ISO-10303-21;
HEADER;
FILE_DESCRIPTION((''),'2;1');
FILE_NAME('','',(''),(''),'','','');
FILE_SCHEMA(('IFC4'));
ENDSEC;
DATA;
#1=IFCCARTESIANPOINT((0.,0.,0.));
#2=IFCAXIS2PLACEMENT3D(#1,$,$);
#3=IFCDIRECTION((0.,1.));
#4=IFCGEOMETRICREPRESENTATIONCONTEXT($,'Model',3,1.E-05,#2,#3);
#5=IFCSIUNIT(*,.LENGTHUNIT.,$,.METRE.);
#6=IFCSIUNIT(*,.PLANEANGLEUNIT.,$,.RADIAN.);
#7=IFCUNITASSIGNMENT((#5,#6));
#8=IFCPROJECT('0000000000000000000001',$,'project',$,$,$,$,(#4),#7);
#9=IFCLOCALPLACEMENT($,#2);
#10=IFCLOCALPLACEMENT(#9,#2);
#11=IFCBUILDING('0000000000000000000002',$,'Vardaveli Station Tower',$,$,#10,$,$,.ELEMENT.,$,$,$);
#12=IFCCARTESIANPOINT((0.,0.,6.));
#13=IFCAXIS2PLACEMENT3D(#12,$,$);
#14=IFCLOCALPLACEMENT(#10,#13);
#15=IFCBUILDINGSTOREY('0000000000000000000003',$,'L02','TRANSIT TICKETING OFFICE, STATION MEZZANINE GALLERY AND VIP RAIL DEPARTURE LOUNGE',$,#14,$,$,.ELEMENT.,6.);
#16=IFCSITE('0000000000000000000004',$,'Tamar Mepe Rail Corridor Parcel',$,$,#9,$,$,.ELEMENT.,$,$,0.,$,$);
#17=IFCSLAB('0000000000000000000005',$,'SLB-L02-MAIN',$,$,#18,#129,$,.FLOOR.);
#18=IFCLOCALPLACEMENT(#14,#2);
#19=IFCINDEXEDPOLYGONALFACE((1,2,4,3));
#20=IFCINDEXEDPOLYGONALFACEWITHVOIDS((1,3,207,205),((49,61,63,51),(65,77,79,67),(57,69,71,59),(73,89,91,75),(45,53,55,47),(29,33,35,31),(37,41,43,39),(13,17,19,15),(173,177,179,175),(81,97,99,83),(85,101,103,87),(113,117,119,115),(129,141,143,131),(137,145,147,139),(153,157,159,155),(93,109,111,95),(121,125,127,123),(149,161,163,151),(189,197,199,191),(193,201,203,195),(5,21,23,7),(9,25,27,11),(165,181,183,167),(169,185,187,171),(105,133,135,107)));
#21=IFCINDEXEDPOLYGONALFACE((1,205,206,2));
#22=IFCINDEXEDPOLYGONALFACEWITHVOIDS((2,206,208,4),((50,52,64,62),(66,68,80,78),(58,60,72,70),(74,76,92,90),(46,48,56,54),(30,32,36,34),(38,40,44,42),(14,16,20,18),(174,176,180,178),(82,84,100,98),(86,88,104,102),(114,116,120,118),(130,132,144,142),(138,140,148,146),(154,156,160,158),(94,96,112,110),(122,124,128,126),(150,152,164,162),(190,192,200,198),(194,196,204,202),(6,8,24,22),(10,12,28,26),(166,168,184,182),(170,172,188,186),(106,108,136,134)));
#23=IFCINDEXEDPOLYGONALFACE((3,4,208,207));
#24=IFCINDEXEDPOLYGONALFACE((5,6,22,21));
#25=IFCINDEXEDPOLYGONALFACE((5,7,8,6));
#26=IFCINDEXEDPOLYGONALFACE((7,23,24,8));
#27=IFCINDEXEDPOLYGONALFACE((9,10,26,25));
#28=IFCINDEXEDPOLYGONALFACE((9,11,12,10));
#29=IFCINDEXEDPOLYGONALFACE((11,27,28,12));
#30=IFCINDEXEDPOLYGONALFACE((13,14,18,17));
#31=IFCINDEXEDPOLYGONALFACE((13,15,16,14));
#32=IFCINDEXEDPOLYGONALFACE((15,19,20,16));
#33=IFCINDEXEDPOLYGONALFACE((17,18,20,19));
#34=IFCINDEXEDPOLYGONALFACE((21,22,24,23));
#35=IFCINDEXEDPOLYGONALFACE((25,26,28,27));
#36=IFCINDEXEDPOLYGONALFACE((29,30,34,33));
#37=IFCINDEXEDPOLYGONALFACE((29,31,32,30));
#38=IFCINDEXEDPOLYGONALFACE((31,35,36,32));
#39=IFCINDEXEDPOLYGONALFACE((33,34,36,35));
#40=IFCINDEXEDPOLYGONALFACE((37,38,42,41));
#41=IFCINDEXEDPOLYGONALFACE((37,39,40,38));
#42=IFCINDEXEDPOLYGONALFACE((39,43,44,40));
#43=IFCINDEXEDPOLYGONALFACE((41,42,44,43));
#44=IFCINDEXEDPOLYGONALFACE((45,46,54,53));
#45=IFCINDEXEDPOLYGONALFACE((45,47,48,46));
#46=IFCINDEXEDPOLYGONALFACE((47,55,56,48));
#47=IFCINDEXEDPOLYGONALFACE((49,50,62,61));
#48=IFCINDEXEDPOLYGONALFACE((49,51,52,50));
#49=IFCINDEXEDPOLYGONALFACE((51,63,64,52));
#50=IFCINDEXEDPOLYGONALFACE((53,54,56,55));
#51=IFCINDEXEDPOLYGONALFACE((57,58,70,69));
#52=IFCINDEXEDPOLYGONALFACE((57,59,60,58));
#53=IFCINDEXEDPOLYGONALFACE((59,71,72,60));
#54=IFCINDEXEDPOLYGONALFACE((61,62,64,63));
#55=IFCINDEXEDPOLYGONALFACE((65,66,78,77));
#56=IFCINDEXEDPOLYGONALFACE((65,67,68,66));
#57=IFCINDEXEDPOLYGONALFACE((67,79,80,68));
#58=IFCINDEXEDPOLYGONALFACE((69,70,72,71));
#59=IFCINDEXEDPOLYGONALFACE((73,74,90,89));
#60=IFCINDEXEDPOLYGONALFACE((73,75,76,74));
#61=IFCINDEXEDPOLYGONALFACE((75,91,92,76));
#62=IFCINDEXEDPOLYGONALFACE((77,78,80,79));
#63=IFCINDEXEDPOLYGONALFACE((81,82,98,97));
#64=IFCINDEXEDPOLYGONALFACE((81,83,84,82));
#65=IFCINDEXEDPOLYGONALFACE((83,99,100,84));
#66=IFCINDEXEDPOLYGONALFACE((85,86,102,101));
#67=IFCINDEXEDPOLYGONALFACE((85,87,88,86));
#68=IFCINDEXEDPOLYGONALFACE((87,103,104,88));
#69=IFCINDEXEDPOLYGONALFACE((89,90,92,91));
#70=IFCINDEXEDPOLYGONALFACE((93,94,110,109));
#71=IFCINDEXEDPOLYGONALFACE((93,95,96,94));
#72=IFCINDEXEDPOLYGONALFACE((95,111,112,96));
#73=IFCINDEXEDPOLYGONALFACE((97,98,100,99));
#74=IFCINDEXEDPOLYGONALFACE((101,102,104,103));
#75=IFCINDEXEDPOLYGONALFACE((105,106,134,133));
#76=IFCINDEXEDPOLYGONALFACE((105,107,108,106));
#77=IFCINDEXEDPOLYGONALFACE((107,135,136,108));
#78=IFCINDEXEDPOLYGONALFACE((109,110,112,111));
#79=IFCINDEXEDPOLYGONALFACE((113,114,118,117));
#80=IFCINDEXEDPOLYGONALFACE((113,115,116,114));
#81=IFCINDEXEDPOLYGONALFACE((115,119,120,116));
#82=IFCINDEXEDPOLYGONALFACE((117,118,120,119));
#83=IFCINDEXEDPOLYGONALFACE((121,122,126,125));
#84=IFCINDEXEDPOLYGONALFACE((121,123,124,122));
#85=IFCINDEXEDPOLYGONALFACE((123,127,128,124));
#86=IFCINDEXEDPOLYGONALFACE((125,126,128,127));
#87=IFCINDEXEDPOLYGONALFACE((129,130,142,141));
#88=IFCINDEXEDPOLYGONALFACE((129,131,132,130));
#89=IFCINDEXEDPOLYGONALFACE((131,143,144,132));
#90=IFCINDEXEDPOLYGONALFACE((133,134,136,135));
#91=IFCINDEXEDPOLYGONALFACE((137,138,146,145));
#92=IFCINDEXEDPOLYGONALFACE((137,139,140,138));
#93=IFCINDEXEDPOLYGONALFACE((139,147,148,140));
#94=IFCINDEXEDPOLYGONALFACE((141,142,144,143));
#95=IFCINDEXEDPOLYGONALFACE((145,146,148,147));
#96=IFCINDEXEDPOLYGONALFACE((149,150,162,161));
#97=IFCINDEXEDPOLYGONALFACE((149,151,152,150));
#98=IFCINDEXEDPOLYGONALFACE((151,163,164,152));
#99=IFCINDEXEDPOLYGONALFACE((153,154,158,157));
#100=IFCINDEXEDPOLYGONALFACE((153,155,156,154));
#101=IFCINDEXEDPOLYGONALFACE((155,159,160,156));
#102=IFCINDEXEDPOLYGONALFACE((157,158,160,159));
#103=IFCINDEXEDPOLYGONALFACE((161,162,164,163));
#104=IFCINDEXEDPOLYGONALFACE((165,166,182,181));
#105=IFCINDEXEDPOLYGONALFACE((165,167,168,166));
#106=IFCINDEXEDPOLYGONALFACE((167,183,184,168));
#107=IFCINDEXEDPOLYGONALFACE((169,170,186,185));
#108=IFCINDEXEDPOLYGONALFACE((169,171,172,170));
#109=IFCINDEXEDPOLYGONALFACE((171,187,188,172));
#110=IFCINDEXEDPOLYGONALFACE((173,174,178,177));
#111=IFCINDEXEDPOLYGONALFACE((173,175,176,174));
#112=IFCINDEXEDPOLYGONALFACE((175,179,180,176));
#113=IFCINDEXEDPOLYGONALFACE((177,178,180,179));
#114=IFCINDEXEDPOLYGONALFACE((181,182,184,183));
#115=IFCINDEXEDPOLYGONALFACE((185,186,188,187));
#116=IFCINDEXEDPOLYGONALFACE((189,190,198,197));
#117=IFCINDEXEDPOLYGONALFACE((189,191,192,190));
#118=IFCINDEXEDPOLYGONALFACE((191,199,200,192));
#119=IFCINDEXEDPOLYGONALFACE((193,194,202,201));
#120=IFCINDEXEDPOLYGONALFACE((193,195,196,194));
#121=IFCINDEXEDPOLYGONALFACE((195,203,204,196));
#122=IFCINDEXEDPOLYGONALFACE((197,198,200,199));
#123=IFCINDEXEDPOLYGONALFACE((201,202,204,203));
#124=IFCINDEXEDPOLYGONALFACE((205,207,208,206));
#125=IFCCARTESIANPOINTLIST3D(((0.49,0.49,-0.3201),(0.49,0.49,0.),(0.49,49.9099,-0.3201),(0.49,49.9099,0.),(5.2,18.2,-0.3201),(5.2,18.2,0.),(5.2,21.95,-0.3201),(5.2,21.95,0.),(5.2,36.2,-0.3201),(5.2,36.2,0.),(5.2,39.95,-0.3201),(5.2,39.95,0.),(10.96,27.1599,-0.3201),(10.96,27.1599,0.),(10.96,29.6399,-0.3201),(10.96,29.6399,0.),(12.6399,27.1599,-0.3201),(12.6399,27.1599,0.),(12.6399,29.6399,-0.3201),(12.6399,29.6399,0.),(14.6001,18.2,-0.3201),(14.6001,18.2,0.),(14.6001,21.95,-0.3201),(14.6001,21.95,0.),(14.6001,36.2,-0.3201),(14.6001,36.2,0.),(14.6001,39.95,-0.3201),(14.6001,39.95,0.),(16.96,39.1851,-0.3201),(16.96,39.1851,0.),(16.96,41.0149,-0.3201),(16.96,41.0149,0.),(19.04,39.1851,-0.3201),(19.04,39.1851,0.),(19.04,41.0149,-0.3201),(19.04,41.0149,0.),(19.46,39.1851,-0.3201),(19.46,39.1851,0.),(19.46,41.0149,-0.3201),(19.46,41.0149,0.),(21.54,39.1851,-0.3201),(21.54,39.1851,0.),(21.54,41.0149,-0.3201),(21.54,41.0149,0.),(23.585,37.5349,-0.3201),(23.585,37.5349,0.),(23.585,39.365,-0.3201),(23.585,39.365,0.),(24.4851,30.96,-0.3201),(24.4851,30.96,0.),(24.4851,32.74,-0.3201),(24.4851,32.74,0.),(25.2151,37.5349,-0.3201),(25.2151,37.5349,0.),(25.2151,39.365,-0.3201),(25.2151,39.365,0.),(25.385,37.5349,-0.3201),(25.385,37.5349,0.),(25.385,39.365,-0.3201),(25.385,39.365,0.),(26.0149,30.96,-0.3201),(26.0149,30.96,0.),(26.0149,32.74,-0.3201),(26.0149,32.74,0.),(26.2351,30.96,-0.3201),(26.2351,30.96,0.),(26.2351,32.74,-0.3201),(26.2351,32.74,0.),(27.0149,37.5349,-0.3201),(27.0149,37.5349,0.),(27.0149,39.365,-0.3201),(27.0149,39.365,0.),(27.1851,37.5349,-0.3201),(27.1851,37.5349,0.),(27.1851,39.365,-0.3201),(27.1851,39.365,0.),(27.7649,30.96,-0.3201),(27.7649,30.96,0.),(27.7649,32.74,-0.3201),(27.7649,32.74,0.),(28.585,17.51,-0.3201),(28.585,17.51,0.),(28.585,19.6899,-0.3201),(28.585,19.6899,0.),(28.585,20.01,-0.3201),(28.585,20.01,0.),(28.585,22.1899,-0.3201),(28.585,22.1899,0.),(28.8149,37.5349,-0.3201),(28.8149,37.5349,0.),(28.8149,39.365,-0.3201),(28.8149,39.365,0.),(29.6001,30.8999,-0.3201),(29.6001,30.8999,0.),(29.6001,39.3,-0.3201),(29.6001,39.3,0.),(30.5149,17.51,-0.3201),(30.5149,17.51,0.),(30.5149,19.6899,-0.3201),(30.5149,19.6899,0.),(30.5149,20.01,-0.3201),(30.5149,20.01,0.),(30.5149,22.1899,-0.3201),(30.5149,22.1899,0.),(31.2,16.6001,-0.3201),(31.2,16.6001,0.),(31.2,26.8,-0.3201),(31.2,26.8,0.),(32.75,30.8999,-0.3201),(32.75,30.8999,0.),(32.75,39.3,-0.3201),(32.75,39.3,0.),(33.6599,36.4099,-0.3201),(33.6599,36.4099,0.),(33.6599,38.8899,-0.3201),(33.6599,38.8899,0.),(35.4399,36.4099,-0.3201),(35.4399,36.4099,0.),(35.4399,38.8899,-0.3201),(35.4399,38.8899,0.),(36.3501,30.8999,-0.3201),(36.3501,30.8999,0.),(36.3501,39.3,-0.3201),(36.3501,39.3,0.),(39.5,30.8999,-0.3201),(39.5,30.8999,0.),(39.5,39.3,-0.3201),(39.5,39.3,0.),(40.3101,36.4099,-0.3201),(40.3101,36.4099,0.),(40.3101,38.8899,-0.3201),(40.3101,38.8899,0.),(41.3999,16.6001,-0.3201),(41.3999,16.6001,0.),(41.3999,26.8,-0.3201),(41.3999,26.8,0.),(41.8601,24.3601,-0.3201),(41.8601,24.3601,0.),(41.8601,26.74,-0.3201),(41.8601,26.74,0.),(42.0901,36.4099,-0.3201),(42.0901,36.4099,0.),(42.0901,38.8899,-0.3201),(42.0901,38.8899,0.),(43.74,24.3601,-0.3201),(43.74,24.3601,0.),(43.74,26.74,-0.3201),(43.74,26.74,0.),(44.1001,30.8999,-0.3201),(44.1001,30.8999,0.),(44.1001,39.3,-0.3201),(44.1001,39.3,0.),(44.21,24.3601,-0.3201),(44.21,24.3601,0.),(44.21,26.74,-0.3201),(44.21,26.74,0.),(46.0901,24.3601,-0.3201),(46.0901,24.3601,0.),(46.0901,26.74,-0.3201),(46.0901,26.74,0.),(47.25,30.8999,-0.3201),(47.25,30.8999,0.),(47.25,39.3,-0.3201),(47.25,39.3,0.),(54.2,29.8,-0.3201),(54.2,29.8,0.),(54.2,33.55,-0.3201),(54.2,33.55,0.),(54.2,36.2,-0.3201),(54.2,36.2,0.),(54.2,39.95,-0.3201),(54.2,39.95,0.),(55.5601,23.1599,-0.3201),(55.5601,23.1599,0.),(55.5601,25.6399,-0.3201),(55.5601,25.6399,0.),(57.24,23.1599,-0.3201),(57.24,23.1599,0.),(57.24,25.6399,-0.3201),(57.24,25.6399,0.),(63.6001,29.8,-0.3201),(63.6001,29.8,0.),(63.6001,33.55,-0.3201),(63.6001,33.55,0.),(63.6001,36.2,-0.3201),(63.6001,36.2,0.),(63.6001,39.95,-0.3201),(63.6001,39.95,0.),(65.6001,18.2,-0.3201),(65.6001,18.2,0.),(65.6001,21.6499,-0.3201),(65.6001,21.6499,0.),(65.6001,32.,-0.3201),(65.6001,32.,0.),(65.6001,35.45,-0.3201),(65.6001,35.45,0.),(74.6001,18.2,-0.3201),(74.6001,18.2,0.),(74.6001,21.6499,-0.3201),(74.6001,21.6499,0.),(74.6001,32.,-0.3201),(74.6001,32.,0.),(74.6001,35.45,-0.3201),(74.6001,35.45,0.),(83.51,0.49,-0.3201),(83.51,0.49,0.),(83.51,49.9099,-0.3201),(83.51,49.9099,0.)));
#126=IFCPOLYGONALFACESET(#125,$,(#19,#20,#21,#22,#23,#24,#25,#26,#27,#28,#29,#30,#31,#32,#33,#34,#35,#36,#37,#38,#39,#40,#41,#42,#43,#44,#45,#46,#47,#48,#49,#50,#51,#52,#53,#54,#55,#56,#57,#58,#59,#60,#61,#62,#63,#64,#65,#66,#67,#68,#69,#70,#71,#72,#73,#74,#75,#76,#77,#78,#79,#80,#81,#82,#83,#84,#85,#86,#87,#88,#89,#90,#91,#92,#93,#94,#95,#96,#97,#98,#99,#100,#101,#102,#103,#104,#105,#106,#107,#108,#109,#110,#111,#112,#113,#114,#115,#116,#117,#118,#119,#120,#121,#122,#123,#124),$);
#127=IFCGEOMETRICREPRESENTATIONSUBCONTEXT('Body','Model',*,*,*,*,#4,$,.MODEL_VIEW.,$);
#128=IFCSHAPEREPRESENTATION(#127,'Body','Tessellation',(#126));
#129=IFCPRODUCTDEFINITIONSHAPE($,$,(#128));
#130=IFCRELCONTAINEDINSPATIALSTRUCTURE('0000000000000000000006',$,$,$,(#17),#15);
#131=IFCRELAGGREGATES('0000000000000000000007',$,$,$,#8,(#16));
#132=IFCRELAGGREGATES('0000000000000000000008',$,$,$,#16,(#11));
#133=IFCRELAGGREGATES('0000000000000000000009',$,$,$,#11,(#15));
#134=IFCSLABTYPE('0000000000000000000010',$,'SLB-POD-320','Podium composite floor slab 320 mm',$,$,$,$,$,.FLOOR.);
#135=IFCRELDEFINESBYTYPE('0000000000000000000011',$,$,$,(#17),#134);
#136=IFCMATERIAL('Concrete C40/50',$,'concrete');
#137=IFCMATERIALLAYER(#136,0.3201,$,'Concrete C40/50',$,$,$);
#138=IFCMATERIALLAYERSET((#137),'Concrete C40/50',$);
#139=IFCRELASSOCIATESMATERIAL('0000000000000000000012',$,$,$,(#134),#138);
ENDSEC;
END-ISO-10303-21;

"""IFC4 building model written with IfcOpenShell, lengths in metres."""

from ifc_helpers import new_model, si_unit, direction, frame, origin, place, context, subcontext, project, spatial, polyline, outline, extrude, material, layer, layer_set, type_object, element, save


model = new_model("IFC4")

# Units and contexts
model_context = context("Model", 3, precision=1e-05, world=origin(), true_north=direction((0.0, 1.0)))
body_context = subcontext(model_context, "Body", "Model", "MODEL_VIEW")
ifc_project = project(units=[si_unit("LENGTHUNIT", "METRE"), si_unit("PLANEANGLEUNIT", "RADIAN")], contexts=[model_context])

# Site, building, storey
site_placement = place(None, origin())
site = spatial("IfcSite", under=ifc_project, at=site_placement, Name="Tamar Mepe Rail Corridor Parcel", CompositionType="ELEMENT", RefElevation=0.0)
building_placement = place(site_placement, origin())
building = spatial("IfcBuilding", under=site, at=building_placement, Name="Vardaveli Station Tower", CompositionType="ELEMENT")
storey_placement = place(building_placement, frame((0.0, 0.0, 6.0)))
storey = spatial("IfcBuildingStorey", under=building, at=storey_placement, Name="L02", Description="TRANSIT TICKETING OFFICE, STATION MEZZANINE GALLERY AND VIP RAIL DEPARTURE LOUNGE", CompositionType="ELEMENT", Elevation=6.0)

# Shared definitions
ifc_material_1 = material(Name="Concrete C40/50", Category="concrete")

# Slab
ifc_layer_1 = layer(ifc_material_1, 0.3201, Name="Concrete C40/50")
ifc_layer_set_1 = layer_set([ifc_layer_1], Name="Concrete C40/50")
slab_type_1 = type_object("IfcSlabType", Name="SLB-POD-320", Description="Podium composite floor slab 320 mm", PredefinedType="FLOOR", material=ifc_layer_set_1)
slab_1_placement = place(storey_placement, frame((0.0, 0.0, -0.3201)))
element("IfcSlab", 1, at=slab_1_placement, inside=storey, type_object=slab_type_1, Name="SLB-L02-MAIN", PredefinedType="FLOOR", context=body_context, shape_type="SweptSolid", body=[
    extrude(outline(polyline([(0.49, 0.49), (83.51, 0.49), (83.51, 49.9099), (0.49, 49.9099), (0.49, 0.49)]), holes=[polyline([(31.2, 16.6001), (41.3999, 16.6001), (41.3999, 26.8), (31.2, 26.8), (31.2, 16.6001)]), polyline([(32.75, 30.8999), (32.75, 39.3), (29.6001, 39.3), (29.6001, 30.8999), (32.75, 30.8999)]), polyline([(39.5, 30.8999), (39.5, 39.3), (36.3501, 39.3), (36.3501, 30.8999), (39.5, 30.8999)]), polyline([(47.25, 30.8999), (47.25, 39.3), (44.1001, 39.3), (44.1001, 30.8999), (47.25, 30.8999)]), polyline([(5.2, 18.2), (14.6001, 18.2), (14.6001, 21.95), (5.2, 21.95), (5.2, 18.2)]), polyline([(54.2, 29.8), (63.6001, 29.8), (63.6001, 33.55), (54.2, 33.55), (54.2, 29.8)]), polyline([(5.2, 36.2), (14.6001, 36.2), (14.6001, 39.95), (5.2, 39.95), (5.2, 36.2)]), polyline([(54.2, 36.2), (63.6001, 36.2), (63.6001, 39.95), (54.2, 39.95), (54.2, 36.2)]), polyline([(65.6001, 18.2), (74.6001, 18.2), (74.6001, 21.6499), (65.6001, 21.6499), (65.6001, 18.2)]), polyline([(65.6001, 32.0), (74.6001, 32.0), (74.6001, 35.45), (65.6001, 35.45), (65.6001, 32.0)]), polyline([(10.96, 27.1599), (12.6399, 27.1599), (12.6399, 29.6399), (10.96, 29.6399), (10.96, 27.1599)]), polyline([(55.5601, 23.1599), (57.24, 23.1599), (57.24, 25.6399), (55.5601, 25.6399), (55.5601, 23.1599)]), polyline([(16.96, 39.1851), (19.04, 39.1851), (19.04, 41.0149), (16.96, 41.0149), (16.96, 39.1851)]), polyline([(19.46, 39.1851), (21.54, 39.1851), (21.54, 41.0149), (19.46, 41.0149), (19.46, 39.1851)]), polyline([(23.585, 37.5349), (25.2151, 37.5349), (25.2151, 39.365), (23.585, 39.365), (23.585, 37.5349)]), polyline([(25.385, 37.5349), (27.0149, 37.5349), (27.0149, 39.365), (25.385, 39.365), (25.385, 37.5349)]), polyline([(27.1851, 37.5349), (28.8149, 37.5349), (28.8149, 39.365), (27.1851, 39.365), (27.1851, 37.5349)]), polyline([(33.6599, 36.4099), (35.4399, 36.4099), (35.4399, 38.8899), (33.6599, 38.8899), (33.6599, 36.4099)]), polyline([(40.3101, 36.4099), (42.0901, 36.4099), (42.0901, 38.8899), (40.3101, 38.8899), (40.3101, 36.4099)]), polyline([(24.4851, 30.96), (26.0149, 30.96), (26.0149, 32.74), (24.4851, 32.74), (24.4851, 30.96)]), polyline([(26.2351, 30.96), (27.7649, 30.96), (27.7649, 32.74), (26.2351, 32.74), (26.2351, 30.96)]), polyline([(28.585, 17.51), (30.5149, 17.51), (30.5149, 19.6899), (28.585, 19.6899), (28.585, 17.51)]), polyline([(28.585, 20.01), (30.5149, 20.01), (30.5149, 22.1899), (28.585, 22.1899), (28.585, 20.01)]), polyline([(41.8601, 24.3601), (43.74, 24.3601), (43.74, 26.74), (41.8601, 26.74), (41.8601, 24.3601)]), polyline([(44.21, 24.3601), (46.0901, 24.3601), (46.0901, 26.74), (44.21, 26.74), (44.21, 24.3601)])]), origin(), (0.0, 0.0, 1.0), 0.3201),
])

save(model, "model.ifc")
